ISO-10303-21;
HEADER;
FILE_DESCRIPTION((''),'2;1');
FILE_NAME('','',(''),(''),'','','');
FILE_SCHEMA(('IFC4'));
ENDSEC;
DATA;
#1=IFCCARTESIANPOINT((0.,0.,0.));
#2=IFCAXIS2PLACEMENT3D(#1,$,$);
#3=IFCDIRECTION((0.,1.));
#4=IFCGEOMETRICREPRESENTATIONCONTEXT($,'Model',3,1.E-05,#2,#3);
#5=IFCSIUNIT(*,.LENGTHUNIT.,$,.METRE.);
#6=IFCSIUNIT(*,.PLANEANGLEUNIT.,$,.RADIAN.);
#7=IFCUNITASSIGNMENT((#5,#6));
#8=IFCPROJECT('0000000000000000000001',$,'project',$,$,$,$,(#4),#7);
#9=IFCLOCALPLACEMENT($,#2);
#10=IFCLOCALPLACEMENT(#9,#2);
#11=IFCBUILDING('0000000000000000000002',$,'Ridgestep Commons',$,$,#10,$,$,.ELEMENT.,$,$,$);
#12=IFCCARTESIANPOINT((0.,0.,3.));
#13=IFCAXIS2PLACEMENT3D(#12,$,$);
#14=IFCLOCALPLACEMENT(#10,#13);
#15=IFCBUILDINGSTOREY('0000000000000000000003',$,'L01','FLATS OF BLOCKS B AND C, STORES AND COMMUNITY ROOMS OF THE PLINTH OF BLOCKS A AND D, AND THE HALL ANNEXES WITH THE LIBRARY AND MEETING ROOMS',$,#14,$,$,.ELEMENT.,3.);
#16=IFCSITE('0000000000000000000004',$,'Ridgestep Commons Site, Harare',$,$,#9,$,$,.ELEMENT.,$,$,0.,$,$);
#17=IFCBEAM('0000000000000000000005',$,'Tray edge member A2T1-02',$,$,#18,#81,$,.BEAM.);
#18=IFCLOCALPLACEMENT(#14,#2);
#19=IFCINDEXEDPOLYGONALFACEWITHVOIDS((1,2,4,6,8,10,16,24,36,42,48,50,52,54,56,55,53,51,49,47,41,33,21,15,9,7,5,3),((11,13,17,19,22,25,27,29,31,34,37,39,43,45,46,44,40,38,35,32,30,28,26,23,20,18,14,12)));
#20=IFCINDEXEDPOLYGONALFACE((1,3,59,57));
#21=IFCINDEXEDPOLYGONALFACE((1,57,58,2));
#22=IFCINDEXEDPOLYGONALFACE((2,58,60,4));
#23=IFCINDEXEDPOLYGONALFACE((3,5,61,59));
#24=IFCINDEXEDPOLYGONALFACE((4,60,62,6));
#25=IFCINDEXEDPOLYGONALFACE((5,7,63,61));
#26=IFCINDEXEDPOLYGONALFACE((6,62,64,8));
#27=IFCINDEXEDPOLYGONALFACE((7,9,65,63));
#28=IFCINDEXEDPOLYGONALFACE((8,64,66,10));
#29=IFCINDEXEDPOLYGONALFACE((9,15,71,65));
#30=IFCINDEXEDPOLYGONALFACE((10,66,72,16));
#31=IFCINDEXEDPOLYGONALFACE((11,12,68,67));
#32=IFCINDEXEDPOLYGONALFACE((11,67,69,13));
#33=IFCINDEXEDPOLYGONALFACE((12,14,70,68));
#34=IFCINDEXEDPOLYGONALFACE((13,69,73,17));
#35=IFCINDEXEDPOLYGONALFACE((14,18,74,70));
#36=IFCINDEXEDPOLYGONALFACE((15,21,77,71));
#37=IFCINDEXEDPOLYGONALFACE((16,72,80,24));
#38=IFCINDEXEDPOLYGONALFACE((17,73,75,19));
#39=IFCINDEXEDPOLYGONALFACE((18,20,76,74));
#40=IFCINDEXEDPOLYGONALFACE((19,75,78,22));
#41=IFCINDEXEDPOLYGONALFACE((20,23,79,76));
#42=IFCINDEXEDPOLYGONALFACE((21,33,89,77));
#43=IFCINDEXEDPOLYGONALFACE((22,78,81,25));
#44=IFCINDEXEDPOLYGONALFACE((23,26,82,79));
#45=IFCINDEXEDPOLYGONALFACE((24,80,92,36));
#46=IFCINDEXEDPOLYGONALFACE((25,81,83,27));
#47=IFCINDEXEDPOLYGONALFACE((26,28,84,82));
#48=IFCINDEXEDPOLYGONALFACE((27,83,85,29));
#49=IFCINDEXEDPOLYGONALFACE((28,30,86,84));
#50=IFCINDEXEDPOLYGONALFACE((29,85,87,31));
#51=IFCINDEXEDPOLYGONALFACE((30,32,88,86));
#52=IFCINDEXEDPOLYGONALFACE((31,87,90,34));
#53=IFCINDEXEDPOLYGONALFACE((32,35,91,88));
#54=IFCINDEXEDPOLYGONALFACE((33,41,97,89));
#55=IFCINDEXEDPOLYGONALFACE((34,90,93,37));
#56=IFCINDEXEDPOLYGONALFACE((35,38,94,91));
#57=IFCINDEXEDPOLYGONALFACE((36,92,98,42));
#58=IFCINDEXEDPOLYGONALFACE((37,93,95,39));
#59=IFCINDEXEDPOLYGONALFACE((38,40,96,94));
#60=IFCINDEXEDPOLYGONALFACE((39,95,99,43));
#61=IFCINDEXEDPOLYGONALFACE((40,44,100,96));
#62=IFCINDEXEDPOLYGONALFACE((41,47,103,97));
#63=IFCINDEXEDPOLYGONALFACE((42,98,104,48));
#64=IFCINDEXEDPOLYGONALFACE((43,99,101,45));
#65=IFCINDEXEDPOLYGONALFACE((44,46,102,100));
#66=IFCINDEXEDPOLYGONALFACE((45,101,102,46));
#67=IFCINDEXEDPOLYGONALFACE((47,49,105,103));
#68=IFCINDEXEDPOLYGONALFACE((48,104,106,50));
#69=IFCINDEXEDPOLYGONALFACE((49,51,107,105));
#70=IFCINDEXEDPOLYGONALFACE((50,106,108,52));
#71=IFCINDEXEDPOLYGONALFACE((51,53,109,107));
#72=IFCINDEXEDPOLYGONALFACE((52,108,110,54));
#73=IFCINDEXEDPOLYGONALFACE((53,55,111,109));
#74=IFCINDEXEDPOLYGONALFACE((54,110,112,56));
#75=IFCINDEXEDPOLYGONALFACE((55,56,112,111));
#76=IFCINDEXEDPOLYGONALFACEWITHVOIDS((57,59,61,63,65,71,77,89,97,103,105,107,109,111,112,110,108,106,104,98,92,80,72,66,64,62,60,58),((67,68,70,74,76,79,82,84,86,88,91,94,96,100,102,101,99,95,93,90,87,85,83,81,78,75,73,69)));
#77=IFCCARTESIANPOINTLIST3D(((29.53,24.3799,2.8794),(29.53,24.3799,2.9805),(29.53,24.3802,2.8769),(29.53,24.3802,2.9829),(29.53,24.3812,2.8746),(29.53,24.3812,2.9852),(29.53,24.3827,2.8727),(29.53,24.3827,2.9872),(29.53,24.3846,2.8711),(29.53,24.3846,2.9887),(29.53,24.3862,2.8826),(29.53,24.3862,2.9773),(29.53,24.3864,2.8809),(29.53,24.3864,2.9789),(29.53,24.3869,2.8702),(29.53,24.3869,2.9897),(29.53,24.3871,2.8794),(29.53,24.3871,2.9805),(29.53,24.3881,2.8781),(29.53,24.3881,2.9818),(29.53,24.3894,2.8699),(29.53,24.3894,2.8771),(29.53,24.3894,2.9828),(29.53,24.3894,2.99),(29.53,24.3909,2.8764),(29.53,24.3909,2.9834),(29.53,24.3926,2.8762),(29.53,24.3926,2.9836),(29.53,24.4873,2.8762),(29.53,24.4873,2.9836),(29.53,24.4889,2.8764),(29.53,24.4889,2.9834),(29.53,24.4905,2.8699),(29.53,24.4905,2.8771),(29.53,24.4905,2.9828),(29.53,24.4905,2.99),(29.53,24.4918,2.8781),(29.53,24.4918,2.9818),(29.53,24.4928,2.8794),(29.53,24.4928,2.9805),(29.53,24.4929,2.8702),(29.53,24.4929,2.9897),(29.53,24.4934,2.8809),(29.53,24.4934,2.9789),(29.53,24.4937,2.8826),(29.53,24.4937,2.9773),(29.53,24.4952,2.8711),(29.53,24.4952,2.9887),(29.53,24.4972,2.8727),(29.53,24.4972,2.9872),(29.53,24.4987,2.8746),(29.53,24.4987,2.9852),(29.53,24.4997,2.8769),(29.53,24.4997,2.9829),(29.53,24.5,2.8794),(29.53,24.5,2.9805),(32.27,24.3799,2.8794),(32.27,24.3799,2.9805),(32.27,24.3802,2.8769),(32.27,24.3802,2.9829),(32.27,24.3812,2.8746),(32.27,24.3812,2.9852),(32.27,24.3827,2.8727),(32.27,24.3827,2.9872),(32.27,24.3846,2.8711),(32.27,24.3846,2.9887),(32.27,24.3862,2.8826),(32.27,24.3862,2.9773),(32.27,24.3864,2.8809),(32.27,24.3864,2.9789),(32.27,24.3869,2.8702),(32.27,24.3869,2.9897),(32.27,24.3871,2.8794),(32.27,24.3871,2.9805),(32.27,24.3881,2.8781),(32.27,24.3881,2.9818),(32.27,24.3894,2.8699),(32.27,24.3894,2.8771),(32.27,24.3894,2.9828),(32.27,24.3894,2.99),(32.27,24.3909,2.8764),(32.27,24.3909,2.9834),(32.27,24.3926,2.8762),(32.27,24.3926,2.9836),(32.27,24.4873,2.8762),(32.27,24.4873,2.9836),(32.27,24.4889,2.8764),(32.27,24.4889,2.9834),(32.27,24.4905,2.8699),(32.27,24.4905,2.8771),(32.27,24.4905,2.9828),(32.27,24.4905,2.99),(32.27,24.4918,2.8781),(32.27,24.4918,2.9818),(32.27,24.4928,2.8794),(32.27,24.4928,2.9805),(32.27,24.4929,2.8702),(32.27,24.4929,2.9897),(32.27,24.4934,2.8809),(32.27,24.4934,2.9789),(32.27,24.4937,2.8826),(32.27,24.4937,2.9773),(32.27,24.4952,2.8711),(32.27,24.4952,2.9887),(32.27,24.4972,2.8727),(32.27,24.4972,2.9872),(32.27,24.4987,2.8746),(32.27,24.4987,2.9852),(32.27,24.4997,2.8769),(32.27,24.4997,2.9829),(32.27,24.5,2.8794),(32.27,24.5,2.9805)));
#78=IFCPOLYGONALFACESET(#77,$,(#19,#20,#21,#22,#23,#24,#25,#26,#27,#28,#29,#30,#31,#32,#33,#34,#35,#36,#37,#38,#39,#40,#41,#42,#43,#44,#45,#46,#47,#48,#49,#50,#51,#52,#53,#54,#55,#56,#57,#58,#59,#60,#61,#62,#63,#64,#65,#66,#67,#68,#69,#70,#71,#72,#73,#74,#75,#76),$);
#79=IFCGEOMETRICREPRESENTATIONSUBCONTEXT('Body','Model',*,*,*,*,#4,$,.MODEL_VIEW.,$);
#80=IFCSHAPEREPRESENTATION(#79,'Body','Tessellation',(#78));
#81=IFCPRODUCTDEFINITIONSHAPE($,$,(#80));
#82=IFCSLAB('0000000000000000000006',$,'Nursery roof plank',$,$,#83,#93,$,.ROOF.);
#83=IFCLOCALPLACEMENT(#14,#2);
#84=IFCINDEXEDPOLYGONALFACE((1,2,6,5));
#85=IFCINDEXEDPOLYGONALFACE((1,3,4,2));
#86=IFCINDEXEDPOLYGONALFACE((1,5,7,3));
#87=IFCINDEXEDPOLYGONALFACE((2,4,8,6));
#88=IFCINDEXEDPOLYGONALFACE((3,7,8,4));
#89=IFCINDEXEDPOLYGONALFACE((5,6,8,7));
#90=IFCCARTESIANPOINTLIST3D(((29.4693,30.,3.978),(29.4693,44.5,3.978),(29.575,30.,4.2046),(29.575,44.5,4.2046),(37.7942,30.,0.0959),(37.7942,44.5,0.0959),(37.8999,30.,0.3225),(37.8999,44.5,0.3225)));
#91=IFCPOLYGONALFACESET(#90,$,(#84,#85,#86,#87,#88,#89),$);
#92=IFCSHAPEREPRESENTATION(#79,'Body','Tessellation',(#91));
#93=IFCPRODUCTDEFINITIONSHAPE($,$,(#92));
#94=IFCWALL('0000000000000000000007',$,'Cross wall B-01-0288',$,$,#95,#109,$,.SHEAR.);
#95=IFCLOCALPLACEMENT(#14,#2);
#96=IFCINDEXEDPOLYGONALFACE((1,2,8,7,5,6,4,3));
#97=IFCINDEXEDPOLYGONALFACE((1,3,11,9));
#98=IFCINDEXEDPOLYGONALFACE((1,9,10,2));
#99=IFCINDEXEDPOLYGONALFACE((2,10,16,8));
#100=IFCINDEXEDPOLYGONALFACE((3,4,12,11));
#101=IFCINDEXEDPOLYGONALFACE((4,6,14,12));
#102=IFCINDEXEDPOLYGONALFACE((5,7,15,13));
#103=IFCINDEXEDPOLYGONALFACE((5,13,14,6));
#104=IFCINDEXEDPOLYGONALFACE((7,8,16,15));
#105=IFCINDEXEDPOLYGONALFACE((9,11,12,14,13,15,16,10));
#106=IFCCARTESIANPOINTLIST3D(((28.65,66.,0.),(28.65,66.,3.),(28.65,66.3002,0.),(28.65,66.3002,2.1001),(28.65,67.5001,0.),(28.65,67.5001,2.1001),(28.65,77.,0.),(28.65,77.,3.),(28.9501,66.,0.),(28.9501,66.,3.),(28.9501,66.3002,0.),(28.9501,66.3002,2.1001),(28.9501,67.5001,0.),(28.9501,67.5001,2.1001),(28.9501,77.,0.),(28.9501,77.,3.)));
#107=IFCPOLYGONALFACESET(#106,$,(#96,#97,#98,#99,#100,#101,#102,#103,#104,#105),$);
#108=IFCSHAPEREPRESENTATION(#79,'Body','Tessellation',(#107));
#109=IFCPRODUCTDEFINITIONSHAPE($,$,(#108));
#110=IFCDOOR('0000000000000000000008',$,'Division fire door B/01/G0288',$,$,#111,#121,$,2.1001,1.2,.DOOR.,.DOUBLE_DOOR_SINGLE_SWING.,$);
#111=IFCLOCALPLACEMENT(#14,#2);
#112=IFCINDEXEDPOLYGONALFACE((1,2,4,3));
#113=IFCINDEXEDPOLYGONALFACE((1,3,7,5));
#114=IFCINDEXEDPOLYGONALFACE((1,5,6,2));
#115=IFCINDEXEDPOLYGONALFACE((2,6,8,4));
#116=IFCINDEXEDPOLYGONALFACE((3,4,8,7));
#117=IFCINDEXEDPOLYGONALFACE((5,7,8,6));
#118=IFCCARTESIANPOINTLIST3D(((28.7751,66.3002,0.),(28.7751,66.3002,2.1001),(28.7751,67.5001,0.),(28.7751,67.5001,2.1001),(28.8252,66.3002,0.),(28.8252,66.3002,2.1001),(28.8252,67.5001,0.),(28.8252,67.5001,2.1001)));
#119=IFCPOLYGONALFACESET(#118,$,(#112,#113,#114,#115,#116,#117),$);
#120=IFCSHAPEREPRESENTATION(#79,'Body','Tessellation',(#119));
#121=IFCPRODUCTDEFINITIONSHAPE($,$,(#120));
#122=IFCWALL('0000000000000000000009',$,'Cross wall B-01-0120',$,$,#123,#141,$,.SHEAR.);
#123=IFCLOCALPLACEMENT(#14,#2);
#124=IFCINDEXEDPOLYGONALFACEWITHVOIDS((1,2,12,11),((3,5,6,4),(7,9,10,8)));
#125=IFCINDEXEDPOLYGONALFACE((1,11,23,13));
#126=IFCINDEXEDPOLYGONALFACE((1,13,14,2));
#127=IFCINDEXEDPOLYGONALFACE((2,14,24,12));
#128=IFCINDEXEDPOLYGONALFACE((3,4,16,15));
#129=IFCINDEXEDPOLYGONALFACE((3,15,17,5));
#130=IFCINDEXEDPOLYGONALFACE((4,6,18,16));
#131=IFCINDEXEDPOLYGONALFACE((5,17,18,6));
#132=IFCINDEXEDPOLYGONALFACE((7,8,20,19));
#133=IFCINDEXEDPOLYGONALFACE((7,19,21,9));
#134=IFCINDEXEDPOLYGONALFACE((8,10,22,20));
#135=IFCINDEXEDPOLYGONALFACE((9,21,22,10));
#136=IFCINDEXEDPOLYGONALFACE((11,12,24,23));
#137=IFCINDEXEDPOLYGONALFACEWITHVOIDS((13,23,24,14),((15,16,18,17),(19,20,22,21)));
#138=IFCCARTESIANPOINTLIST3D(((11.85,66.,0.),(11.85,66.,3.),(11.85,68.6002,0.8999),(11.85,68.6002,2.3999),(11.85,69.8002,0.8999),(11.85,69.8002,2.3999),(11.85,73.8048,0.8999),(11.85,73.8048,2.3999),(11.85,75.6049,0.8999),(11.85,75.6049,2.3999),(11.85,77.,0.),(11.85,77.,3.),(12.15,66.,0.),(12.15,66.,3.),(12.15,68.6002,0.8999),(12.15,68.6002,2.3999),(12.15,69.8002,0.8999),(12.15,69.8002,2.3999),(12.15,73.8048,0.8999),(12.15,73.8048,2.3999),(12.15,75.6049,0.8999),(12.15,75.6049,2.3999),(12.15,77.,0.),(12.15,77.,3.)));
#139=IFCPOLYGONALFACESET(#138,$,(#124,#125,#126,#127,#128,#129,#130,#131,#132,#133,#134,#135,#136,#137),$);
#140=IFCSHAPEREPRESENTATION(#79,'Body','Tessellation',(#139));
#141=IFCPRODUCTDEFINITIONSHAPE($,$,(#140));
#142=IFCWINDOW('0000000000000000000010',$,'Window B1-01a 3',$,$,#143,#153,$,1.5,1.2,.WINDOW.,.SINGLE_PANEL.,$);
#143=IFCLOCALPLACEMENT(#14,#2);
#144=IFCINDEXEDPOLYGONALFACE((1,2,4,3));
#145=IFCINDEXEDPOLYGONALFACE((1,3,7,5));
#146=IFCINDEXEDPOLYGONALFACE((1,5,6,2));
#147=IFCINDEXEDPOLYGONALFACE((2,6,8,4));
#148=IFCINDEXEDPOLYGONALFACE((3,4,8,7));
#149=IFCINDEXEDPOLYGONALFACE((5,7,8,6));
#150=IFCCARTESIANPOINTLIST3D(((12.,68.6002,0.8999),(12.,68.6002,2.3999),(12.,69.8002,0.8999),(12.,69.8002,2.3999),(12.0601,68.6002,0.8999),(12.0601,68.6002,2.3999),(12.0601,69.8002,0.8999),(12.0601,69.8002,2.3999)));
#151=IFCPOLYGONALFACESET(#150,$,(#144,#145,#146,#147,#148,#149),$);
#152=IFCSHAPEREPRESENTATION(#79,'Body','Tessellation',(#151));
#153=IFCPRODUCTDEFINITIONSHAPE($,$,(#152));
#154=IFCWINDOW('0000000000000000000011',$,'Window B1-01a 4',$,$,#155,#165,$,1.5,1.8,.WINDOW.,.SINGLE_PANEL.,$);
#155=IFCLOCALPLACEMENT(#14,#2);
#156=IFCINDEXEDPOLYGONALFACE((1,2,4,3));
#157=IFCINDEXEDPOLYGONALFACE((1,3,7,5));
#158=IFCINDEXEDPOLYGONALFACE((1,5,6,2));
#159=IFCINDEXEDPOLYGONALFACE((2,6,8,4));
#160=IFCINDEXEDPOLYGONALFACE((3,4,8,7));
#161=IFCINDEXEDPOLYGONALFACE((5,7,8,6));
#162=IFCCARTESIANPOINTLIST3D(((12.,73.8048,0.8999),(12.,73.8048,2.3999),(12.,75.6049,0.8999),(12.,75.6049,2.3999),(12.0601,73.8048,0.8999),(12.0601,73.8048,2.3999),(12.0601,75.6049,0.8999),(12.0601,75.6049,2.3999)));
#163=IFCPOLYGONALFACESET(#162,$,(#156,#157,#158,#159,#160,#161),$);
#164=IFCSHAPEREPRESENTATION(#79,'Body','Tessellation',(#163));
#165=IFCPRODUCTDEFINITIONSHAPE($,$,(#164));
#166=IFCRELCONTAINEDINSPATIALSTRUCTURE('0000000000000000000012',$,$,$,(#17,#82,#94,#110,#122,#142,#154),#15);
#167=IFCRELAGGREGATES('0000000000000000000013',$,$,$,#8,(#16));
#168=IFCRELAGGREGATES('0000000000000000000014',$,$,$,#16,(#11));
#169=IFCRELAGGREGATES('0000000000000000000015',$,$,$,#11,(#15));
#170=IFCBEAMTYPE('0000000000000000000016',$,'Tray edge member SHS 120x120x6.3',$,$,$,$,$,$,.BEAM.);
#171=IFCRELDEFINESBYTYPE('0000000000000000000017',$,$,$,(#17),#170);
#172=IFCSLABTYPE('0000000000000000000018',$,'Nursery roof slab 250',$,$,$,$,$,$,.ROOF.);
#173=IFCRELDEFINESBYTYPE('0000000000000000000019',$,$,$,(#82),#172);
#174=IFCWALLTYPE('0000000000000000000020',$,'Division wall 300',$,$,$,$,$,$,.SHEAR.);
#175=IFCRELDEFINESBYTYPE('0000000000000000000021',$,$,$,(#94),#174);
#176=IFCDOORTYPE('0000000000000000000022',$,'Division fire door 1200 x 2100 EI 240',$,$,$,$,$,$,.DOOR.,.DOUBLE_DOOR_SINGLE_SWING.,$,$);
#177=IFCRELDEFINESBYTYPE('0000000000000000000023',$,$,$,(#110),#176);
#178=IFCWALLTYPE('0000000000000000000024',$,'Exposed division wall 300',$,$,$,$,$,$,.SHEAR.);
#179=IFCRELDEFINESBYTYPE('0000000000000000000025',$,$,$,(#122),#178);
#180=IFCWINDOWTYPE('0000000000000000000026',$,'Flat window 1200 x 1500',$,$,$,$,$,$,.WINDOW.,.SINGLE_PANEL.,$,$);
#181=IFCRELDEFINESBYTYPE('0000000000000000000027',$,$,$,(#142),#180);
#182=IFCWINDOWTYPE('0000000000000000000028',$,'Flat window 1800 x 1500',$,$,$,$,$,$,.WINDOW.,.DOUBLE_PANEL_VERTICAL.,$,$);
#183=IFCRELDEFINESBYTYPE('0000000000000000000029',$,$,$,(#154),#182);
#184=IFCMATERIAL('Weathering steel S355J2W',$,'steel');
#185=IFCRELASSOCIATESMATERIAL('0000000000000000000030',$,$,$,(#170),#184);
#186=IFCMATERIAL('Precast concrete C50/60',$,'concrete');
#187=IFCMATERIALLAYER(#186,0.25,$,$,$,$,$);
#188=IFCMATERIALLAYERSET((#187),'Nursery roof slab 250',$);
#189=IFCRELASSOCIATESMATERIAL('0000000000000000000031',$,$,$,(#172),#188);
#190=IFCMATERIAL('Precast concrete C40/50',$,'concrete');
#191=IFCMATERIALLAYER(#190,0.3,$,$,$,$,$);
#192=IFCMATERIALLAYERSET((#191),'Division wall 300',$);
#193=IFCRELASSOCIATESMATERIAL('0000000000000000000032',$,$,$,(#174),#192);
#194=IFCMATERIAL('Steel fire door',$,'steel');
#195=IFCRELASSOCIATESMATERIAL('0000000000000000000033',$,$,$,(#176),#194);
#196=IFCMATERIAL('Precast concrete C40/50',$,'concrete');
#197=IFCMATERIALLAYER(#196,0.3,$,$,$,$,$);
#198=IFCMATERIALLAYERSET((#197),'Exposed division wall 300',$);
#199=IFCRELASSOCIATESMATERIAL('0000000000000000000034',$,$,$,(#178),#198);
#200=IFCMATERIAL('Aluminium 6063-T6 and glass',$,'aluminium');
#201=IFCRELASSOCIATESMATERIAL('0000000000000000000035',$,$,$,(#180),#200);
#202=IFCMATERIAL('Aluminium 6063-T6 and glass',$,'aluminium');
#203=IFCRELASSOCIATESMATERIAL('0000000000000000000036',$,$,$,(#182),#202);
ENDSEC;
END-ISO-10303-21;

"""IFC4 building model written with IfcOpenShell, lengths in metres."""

from ifc_helpers import new_model, si_unit, direction, frame, frame_2d, origin, origin_2d, place, context, subcontext, project, spatial, polyline, rectangle, hollow_rectangle, outline, extrude, material, layer, layer_set, material_profile, profile_set, type_object, element, fill, save


model = new_model("IFC4")

# Units and contexts
model_context = context("Model", 3, precision=1e-05, world=origin(), true_north=direction((0.0, 1.0)))
body_context = subcontext(model_context, "Body", "Model", "MODEL_VIEW")
ifc_project = project(units=[si_unit("LENGTHUNIT", "METRE"), si_unit("PLANEANGLEUNIT", "RADIAN")], contexts=[model_context])

# Site, building, storey
site_placement = place(None, origin())
site = spatial("IfcSite", under=ifc_project, at=site_placement, Name="Ridgestep Commons Site, Harare", CompositionType="ELEMENT", RefElevation=0.0)
building_placement = place(site_placement, origin())
building = spatial("IfcBuilding", under=site, at=building_placement, Name="Ridgestep Commons", CompositionType="ELEMENT")
storey_placement = place(building_placement, frame((0.0, 0.0, 3.0)))
storey = spatial("IfcBuildingStorey", under=building, at=storey_placement, Name="L01", Description="FLATS OF BLOCKS B AND C, STORES AND COMMUNITY ROOMS OF THE PLINTH OF BLOCKS A AND D, AND THE HALL ANNEXES WITH THE LIBRARY AND MEETING ROOMS", CompositionType="ELEMENT", Elevation=3.0)

# Beam
ifc_material_1 = material(Name="Weathering steel S355J2W", Category="steel")
ifc_material_profile_1 = material_profile(ifc_material_1, hollow_rectangle(XDim=0.1201, YDim=0.1201, WallThickness=0.0063, InnerFilletRadius=0.0063, OuterFilletRadius=0.0095, at=origin_2d()), Name="SHS 120x120x6.3")
ifc_profile_set_1 = profile_set([ifc_material_profile_1], Name="Weathering steel S355J2W")
beam_type_1 = type_object("IfcBeamType", Name="Tray edge member SHS 120x120x6.3", PredefinedType="BEAM", material=ifc_profile_set_1)
for number, where, z_axis, x_axis, name in (
    (1, (29.53, 24.4399, 2.9299), (1.0, 0.0, 0.0), (0.0, 0.0, 1.0), "Tray edge member A2T1-02"),
):
    element("IfcBeam", number, at=place(storey_placement, frame(where, z_axis=z_axis, x_axis=x_axis)), inside=storey, type_object=beam_type_1, Name=name, PredefinedType="BEAM", context=body_context, shape_type="SweptSolid", body=[
        extrude(hollow_rectangle(XDim=0.1201, YDim=0.1201, WallThickness=0.0063, InnerFilletRadius=0.0063, OuterFilletRadius=0.0095, at=origin_2d()), origin(), (0.0, 0.0, 1.0), 2.74),
    ])

# Slab
ifc_material_2 = material(Name="Precast concrete C50/60", Category="concrete")
ifc_layer_1 = layer(ifc_material_2, 0.25)
ifc_layer_set_1 = layer_set([ifc_layer_1], Name="Nursery roof slab 250")
slab_type = type_object("IfcSlabType", Name="Nursery roof slab 250", PredefinedType="ROOF", material=ifc_layer_set_1)
slab_placement = place(storey_placement, frame((29.575, 30.0, 4.2046), z_axis=(0.422626, 0.0, 0.906304), x_axis=(0.906304, 0.0, -0.422626)))
element("IfcSlab", 2, at=slab_placement, inside=storey, type_object=slab_type, Name="Nursery roof plank", PredefinedType="ROOF", context=body_context, shape_type="SweptSolid", body=[
    extrude(outline(polyline([(0.0, 0.0), (9.1856, 0.0), (9.1856, 14.5), (0.0, 14.5), (0.0, 0.0)])), origin(), (0.0, 0.0, -1.0), 0.25),
])

# Wall, opening, door
ifc_material_3 = material(Name="Precast concrete C40/50", Category="concrete")
ifc_layer_2 = layer(ifc_material_3, 0.3)
ifc_layer_set_2 = layer_set([ifc_layer_2], Name="Division wall 300")
wall_type_1 = type_object("IfcWallType", Name="Division wall 300", PredefinedType="SHEAR", material=ifc_layer_set_2)
wall_1_placement = place(storey_placement, frame((28.8, 66.0, 0.0), z_axis=(0.0, 0.0, 1.0), x_axis=(0.0, 1.0, 0.0)))
wall_1 = element("IfcWall", 3, at=wall_1_placement, inside=storey, type_object=wall_type_1, Name="Cross wall B-01-0288", PredefinedType="SHEAR", context=body_context, shape_type="SweptSolid", body=[
    extrude(rectangle(XDim=11.0, YDim=0.3, at=frame_2d((5.5, 0.0))), origin(), (0.0, 0.0, 1.0), 3.0),
])
opening_1_placement = place(wall_1_placement, frame((0.3, 0.0, 0.0)))
opening_1 = element("IfcOpeningElement", 4, at=opening_1_placement, cuts=wall_1, PredefinedType="OPENING", context=body_context, shape_type="SweptSolid", body=[
    extrude(rectangle(XDim=1.2, YDim=2.1001, at=frame_2d((0.6001, 1.05))), frame((0.0, 0.1599, 0.0), z_axis=(0.0, -1.0, 0.0), x_axis=(1.0, 0.0, 0.0)), (0.0, 0.0, 1.0), 0.3201),
])
ifc_material_4 = material(Name="Steel fire door", Category="steel")
door_type = type_object("IfcDoorType", Name="Division fire door 1200 x 2100 EI 240", OperationType="DOUBLE_DOOR_SINGLE_SWING", PredefinedType="DOOR", material=ifc_material_4)
door_placement = place(opening_1_placement, origin())
door = element("IfcDoor", 5, at=door_placement, inside=storey, type_object=door_type, Name="Division fire door B/01/G0288", OperationType="DOUBLE_DOOR_SINGLE_SWING", OverallHeight=2.1001, OverallWidth=1.2, PredefinedType="DOOR", context=body_context, shape_type="SweptSolid", body=[
    extrude(rectangle(XDim=1.2, YDim=2.1001, at=frame_2d((0.6001, 1.05))), frame((0.0, 0.0249, 0.0), z_axis=(0.0, -1.0, 0.0), x_axis=(1.0, 0.0, 0.0)), (0.0, 0.0, 1.0), 0.05),
])
fill(opening_1, door)

# Wall, openings, windows
ifc_material_5 = material(Name="Precast concrete C40/50", Category="concrete")
ifc_layer_3 = layer(ifc_material_5, 0.3)
ifc_layer_set_3 = layer_set([ifc_layer_3], Name="Exposed division wall 300")
wall_type_2 = type_object("IfcWallType", Name="Exposed division wall 300", PredefinedType="SHEAR", material=ifc_layer_set_3)
wall_2_placement = place(storey_placement, frame((12.0, 66.0, 0.0), z_axis=(0.0, 0.0, 1.0), x_axis=(0.0, 1.0, 0.0)))
wall_2 = element("IfcWall", 6, at=wall_2_placement, inside=storey, type_object=wall_type_2, Name="Cross wall B-01-0120", PredefinedType="SHEAR", context=body_context, shape_type="SweptSolid", body=[
    extrude(rectangle(XDim=11.0, YDim=0.3, at=frame_2d((5.5, 0.0))), origin(), (0.0, 0.0, 1.0), 3.0),
])
opening_2_placement = place(wall_2_placement, frame((2.6001, 0.0, 0.8999)))
opening_2 = element("IfcOpeningElement", 7, at=opening_2_placement, cuts=wall_2, PredefinedType="OPENING", context=body_context, shape_type="SweptSolid", body=[
    extrude(rectangle(XDim=1.2, YDim=1.5, at=frame_2d((0.6001, 0.75))), frame((0.0, 0.1599, 0.0), z_axis=(0.0, -1.0, 0.0), x_axis=(1.0, 0.0, 0.0)), (0.0, 0.0, 1.0), 0.3201),
])
opening_3_placement = place(wall_2_placement, frame((7.8049, 0.0, 0.8999)))
opening_3 = element("IfcOpeningElement", 8, at=opening_3_placement, cuts=wall_2, PredefinedType="OPENING", context=body_context, shape_type="SweptSolid", body=[
    extrude(rectangle(XDim=1.8, YDim=1.5, at=frame_2d((0.8999, 0.75))), frame((0.0, 0.1599, 0.0), z_axis=(0.0, -1.0, 0.0), x_axis=(1.0, 0.0, 0.0)), (0.0, 0.0, 1.0), 0.3201),
])
ifc_material_6 = material(Name="Aluminium 6063-T6 and glass", Category="aluminium")
window_type_1 = type_object("IfcWindowType", Name="Flat window 1200 x 1500", PartitioningType="SINGLE_PANEL", PredefinedType="WINDOW", material=ifc_material_6)
window_1_placement = place(opening_2_placement, origin())
window_1 = element("IfcWindow", 9, at=window_1_placement, inside=storey, type_object=window_type_1, Name="Window B1-01a 3", OverallHeight=1.5, OverallWidth=1.2, PartitioningType="SINGLE_PANEL", PredefinedType="WINDOW", context=body_context, shape_type="SweptSolid", body=[
    extrude(rectangle(XDim=1.2, YDim=1.5, at=frame_2d((0.6001, 0.75))), frame((0.0, 0.0, 0.0), z_axis=(0.0, -1.0, 0.0), x_axis=(1.0, 0.0, 0.0)), (0.0, 0.0, 1.0), 0.0601),
])
fill(opening_2, window_1)
ifc_material_7 = material(Name="Aluminium 6063-T6 and glass", Category="aluminium")
window_type_2 = type_object("IfcWindowType", Name="Flat window 1800 x 1500", PartitioningType="DOUBLE_PANEL_VERTICAL", PredefinedType="WINDOW", material=ifc_material_7)
window_2_placement = place(opening_3_placement, origin())
window_2 = element("IfcWindow", 10, at=window_2_placement, inside=storey, type_object=window_type_2, Name="Window B1-01a 4", OverallHeight=1.5, OverallWidth=1.8, PartitioningType="SINGLE_PANEL", PredefinedType="WINDOW", context=body_context, shape_type="SweptSolid", body=[
    extrude(rectangle(XDim=1.8, YDim=1.5, at=frame_2d((0.8999, 0.75))), frame((0.0, 0.0, 0.0), z_axis=(0.0, -1.0, 0.0), x_axis=(1.0, 0.0, 0.0)), (0.0, 0.0, 1.0), 0.0601),
])
fill(opening_3, window_2)

save(model, "model.ifc")
